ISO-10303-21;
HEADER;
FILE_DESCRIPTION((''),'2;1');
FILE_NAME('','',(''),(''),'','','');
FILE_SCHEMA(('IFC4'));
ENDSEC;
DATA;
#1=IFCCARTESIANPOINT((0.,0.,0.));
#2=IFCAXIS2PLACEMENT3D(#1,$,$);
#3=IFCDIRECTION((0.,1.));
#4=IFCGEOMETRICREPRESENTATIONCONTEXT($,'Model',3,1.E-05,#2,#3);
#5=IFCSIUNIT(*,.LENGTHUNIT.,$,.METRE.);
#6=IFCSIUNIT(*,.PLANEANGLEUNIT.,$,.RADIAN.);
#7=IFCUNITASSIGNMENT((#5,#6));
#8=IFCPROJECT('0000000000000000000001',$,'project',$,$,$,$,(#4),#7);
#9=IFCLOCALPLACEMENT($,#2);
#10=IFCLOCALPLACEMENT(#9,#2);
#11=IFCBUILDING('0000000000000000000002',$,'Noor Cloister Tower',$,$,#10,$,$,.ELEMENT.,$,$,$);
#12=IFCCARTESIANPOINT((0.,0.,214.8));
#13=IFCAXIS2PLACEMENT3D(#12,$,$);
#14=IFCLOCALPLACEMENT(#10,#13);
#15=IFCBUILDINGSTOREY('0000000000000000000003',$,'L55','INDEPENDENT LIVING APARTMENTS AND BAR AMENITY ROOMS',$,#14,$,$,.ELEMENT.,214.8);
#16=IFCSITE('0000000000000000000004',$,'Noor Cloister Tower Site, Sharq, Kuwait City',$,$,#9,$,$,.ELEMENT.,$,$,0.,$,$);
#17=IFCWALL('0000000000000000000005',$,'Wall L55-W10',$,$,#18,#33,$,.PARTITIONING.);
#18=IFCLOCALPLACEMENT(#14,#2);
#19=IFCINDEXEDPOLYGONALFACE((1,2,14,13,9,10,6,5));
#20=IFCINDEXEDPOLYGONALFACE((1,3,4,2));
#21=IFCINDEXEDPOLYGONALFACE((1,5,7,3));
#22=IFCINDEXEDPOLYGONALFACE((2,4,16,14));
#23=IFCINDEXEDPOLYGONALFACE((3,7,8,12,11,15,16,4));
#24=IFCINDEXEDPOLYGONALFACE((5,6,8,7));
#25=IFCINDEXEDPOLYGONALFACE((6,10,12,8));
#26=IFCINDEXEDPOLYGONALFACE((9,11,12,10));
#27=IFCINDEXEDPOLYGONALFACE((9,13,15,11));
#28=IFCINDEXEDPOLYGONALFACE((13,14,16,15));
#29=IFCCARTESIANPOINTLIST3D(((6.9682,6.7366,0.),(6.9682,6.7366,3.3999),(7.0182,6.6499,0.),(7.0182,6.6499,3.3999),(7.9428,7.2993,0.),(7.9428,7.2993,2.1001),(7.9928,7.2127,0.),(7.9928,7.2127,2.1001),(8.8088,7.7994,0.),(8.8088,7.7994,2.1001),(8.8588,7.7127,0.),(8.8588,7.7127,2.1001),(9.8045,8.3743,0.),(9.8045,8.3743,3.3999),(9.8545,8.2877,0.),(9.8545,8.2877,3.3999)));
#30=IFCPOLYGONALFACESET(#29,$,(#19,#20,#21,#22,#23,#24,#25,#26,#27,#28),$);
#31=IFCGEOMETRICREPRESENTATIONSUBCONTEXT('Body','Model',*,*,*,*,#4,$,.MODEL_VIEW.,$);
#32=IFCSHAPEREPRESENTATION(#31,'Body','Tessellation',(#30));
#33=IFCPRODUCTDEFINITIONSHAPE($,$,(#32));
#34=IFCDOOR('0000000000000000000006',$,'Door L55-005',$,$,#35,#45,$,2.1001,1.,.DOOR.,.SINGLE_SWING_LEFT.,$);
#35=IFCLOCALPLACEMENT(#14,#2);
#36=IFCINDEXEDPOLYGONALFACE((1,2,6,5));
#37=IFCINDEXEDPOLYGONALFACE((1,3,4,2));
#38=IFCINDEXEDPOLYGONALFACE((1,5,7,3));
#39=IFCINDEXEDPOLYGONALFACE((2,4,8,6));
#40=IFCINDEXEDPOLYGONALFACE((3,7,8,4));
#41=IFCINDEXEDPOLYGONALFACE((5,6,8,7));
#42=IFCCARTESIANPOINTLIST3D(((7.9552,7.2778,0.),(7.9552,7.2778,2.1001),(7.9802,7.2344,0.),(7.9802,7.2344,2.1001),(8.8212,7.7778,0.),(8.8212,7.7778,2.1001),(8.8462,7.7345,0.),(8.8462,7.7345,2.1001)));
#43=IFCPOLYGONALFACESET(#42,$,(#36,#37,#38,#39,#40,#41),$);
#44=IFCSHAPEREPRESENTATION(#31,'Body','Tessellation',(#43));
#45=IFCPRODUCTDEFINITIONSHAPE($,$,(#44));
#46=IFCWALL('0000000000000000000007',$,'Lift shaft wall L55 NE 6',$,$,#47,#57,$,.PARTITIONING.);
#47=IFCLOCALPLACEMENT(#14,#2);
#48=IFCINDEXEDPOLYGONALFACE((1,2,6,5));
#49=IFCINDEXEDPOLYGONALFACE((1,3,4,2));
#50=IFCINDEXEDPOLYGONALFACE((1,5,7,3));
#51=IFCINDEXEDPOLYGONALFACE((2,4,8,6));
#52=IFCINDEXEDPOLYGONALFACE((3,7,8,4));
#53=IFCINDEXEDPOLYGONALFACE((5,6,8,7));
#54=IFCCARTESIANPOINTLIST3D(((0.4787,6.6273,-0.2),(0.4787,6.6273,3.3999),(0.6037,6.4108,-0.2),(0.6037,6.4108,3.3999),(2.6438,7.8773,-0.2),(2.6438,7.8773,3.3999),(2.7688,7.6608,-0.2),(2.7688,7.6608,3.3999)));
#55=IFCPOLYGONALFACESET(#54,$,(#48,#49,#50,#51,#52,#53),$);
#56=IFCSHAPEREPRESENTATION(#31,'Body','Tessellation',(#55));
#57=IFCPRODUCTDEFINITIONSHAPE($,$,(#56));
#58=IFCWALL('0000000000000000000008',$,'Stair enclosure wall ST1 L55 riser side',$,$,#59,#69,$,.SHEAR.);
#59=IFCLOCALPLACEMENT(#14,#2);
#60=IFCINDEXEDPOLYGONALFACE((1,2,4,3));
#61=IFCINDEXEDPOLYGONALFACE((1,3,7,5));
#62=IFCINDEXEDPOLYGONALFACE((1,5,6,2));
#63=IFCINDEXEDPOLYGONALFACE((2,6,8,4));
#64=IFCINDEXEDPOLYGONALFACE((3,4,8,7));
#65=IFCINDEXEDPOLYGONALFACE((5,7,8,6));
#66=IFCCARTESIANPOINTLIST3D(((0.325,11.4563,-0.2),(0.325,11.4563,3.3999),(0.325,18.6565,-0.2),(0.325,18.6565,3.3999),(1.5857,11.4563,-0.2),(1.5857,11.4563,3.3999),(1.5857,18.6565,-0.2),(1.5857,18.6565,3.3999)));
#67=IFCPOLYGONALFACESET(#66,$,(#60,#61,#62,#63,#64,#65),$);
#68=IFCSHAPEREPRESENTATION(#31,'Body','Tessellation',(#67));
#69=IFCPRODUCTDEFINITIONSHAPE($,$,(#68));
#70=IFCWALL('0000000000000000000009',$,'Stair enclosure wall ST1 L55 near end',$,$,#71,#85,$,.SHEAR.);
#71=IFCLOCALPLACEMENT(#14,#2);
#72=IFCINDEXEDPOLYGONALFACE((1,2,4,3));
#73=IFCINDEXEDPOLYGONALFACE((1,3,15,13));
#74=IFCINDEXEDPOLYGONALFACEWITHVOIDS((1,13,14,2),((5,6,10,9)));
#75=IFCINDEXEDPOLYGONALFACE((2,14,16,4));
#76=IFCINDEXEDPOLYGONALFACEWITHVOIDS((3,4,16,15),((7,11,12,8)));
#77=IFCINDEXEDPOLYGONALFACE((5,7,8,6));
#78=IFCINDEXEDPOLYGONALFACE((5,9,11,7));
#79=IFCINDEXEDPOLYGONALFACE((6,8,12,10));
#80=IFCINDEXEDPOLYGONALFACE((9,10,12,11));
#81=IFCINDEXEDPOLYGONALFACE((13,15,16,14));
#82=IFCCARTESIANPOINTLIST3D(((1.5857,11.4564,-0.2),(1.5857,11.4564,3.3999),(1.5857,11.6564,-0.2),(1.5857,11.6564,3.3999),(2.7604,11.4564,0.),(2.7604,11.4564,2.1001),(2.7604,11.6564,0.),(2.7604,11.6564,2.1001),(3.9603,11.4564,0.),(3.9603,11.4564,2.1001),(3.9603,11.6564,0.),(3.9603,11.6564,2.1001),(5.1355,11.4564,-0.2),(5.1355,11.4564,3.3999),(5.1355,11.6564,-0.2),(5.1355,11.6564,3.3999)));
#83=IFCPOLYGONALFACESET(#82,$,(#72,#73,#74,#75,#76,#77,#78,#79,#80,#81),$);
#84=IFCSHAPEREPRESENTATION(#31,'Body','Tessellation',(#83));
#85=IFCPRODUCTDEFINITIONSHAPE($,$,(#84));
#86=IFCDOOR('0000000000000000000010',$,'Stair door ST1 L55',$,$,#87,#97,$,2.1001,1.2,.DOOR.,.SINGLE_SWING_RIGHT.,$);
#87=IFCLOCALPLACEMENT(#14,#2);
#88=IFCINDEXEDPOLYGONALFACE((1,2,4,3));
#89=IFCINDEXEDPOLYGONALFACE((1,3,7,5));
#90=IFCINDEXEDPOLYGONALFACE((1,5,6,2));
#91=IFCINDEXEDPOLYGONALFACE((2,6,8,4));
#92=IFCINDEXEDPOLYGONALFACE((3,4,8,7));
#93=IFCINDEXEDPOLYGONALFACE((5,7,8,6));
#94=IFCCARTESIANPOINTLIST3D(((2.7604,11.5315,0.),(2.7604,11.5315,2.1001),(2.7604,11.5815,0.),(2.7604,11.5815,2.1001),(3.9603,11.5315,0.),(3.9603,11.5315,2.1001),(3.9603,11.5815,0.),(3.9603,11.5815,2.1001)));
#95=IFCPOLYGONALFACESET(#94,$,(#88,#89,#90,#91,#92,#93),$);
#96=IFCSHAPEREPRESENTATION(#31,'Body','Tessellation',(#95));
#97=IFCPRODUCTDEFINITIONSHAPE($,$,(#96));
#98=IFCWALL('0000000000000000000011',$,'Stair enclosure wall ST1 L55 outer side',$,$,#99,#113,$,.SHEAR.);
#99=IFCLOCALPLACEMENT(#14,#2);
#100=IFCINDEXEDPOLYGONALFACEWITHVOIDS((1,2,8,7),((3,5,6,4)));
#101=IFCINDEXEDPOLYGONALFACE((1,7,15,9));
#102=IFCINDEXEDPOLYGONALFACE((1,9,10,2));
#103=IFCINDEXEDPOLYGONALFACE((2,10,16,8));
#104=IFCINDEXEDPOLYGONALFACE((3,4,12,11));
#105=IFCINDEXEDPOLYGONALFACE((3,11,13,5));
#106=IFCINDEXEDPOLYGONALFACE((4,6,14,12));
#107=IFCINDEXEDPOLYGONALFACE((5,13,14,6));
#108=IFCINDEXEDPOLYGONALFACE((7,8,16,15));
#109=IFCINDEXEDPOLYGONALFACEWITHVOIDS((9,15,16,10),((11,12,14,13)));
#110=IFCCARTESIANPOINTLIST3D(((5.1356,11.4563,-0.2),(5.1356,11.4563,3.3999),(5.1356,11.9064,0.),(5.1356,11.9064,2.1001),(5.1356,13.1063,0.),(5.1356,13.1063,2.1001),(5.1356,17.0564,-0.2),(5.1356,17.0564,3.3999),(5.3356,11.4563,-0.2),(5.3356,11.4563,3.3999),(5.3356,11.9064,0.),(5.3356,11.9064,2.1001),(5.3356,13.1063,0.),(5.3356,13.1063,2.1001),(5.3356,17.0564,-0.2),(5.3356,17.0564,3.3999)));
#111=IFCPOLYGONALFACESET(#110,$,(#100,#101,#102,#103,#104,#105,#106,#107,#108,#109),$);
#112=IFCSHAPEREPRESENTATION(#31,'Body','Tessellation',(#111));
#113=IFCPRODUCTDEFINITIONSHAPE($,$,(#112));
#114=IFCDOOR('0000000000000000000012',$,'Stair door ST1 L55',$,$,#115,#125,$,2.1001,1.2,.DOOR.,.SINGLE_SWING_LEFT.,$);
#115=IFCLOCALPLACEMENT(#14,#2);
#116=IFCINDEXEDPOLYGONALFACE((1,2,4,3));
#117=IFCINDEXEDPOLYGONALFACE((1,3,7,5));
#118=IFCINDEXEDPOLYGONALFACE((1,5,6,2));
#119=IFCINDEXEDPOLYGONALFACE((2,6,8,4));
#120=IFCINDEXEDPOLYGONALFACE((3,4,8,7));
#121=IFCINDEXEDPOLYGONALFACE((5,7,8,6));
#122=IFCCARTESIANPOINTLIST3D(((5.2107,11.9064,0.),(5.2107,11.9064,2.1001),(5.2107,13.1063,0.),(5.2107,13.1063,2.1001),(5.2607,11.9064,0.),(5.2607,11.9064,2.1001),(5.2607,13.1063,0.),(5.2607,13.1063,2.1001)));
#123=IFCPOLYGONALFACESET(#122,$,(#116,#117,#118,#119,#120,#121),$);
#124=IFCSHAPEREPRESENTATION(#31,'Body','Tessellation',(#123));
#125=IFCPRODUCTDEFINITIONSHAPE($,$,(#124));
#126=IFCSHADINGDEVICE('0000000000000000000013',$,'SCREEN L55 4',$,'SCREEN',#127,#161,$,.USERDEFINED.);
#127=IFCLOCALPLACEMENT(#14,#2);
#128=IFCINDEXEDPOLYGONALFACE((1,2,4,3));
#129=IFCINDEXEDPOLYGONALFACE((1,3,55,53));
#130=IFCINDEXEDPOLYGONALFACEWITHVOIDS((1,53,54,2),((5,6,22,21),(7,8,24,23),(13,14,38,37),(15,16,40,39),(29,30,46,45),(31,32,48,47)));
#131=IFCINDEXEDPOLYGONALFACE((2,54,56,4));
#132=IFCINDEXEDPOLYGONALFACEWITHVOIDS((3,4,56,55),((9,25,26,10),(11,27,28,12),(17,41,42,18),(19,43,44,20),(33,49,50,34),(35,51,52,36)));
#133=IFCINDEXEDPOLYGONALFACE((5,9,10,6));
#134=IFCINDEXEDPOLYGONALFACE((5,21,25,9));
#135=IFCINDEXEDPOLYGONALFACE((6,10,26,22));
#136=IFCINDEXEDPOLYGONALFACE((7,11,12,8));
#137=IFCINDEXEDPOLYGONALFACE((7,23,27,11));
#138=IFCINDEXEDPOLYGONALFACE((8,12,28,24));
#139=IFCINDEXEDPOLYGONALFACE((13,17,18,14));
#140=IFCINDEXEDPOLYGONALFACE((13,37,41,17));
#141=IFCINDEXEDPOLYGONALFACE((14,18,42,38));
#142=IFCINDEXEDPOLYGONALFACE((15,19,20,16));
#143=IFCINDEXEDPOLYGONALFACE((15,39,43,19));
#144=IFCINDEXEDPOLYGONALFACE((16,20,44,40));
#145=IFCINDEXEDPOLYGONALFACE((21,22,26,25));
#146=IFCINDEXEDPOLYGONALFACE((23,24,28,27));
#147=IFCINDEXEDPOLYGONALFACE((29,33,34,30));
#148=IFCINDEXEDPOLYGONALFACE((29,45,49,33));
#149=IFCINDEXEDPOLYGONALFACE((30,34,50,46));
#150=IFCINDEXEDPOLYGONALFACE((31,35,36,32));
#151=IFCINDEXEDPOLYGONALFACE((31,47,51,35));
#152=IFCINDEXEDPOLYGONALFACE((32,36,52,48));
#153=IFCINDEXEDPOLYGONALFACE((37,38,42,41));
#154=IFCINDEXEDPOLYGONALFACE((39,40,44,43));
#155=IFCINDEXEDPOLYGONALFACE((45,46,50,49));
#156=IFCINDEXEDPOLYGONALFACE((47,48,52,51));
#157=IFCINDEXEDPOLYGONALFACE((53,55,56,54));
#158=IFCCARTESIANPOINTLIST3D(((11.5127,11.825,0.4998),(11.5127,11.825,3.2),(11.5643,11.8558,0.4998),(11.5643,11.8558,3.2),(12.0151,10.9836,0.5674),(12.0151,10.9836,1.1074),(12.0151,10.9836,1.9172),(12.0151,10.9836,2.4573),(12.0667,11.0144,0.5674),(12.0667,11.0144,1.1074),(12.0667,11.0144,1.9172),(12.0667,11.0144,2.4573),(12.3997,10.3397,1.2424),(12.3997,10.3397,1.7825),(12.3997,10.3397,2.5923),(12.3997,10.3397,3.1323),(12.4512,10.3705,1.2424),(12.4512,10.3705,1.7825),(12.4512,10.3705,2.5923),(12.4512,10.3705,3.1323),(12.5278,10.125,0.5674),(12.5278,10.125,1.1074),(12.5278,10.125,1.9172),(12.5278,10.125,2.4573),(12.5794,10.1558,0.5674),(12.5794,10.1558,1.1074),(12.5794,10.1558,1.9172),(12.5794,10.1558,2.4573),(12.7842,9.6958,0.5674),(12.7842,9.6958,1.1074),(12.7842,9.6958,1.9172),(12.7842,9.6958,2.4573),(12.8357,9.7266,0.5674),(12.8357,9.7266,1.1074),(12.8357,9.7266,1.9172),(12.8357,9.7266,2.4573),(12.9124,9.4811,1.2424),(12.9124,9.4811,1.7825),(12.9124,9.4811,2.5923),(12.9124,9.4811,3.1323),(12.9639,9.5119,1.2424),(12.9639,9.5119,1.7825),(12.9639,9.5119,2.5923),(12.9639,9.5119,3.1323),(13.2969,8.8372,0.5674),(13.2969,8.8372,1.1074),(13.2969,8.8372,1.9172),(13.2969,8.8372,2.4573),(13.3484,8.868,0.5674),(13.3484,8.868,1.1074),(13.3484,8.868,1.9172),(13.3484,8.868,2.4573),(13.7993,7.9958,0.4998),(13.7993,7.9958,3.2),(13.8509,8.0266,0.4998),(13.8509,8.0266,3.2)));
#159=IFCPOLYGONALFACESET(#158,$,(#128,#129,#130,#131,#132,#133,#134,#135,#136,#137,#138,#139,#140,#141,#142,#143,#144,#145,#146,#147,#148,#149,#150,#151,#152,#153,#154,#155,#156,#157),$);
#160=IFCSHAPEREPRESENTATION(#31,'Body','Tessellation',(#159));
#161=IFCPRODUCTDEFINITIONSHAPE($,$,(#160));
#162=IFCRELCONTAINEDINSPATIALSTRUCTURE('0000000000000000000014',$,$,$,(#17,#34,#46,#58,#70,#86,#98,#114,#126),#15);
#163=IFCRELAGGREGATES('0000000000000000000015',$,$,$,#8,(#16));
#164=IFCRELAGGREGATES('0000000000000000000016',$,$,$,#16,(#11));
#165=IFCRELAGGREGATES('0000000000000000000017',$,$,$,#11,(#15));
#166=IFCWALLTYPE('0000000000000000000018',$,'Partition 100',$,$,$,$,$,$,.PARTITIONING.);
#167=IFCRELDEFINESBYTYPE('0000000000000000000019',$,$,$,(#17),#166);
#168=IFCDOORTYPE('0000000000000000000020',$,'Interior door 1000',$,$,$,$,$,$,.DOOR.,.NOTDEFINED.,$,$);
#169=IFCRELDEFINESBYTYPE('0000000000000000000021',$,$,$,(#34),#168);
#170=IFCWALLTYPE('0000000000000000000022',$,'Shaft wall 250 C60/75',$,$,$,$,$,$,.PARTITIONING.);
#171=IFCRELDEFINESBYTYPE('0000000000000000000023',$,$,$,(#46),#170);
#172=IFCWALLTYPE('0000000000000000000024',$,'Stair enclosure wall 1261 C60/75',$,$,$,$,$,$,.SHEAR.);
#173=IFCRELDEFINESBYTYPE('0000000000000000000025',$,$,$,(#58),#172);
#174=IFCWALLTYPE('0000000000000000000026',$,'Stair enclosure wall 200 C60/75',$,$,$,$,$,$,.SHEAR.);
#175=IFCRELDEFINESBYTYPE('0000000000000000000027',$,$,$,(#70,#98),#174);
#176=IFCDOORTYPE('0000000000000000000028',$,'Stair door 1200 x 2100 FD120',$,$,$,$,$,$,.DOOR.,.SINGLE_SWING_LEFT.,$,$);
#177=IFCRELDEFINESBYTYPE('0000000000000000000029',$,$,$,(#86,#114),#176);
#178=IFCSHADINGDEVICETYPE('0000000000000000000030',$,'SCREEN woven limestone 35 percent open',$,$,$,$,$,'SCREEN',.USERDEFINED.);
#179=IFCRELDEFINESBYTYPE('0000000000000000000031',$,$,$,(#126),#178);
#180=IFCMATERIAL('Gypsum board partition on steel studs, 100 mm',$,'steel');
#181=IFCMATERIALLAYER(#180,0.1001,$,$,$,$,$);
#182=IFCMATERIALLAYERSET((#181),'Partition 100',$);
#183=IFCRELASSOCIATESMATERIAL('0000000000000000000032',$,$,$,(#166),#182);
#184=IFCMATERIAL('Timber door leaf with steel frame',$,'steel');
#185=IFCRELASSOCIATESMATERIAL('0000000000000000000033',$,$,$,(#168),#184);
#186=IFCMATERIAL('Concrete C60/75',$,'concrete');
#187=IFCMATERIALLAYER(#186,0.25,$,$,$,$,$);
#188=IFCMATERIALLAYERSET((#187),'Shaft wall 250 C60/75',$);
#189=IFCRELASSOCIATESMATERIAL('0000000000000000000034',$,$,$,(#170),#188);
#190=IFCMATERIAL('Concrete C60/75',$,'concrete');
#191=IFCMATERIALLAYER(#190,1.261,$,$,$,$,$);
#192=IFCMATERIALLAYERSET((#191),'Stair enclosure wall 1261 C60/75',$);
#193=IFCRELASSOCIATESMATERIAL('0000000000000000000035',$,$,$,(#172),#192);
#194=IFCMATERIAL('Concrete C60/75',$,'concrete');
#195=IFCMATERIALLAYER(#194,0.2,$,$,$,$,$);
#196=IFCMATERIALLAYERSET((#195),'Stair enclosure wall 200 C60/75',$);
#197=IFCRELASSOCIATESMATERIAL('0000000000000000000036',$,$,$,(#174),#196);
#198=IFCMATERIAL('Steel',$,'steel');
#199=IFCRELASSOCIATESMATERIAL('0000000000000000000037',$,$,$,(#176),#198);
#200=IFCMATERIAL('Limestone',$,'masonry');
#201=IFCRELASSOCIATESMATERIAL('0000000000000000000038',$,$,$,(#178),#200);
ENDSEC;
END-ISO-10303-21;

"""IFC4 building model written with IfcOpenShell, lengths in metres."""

from ifc_helpers import new_model, si_unit, direction, frame, frame_2d, origin, place, context, subcontext, project, spatial, polyline, rectangle, outline, extrude, material, layer, layer_set, material_profile, profile_set, type_object, element, fill, save


model = new_model("IFC4")

# Units and contexts
model_context = context("Model", 3, precision=1e-05, world=origin(), true_north=direction((0.0, 1.0)))
body_context = subcontext(model_context, "Body", "Model", "MODEL_VIEW")
ifc_project = project(units=[si_unit("LENGTHUNIT", "METRE"), si_unit("PLANEANGLEUNIT", "RADIAN")], contexts=[model_context])

# Site, building, storey
site_placement = place(None, origin())
site = spatial("IfcSite", under=ifc_project, at=site_placement, Name="Noor Cloister Tower Site, Sharq, Kuwait City", CompositionType="ELEMENT", RefElevation=0.0)
building_placement = place(site_placement, origin())
building = spatial("IfcBuilding", under=site, at=building_placement, Name="Noor Cloister Tower", CompositionType="ELEMENT")
storey_placement = place(building_placement, frame((0.0, 0.0, 214.8)))
storey = spatial("IfcBuildingStorey", under=building, at=storey_placement, Name="L55", Description="INDEPENDENT LIVING APARTMENTS AND BAR AMENITY ROOMS", CompositionType="ELEMENT", Elevation=214.8)

# Wall, opening, door
ifc_material_1 = material(Name="Gypsum board partition on steel studs, 100 mm", Category="steel")
ifc_layer_1 = layer(ifc_material_1, 0.1001)
ifc_layer_set_1 = layer_set([ifc_layer_1], Name="Partition 100")
wall_type_1 = type_object("IfcWallType", Name="Partition 100", PredefinedType="PARTITIONING", material=ifc_layer_set_1)
wall_1_placement = place(storey_placement, frame((9.8296, 8.3311, 0.0), z_axis=(0.0, 0.0, 1.0), x_axis=(-0.865996, -0.500052, 0.0)))
wall_1 = element("IfcWall", 1, at=wall_1_placement, inside=storey, type_object=wall_type_1, Name="Wall L55-W10", PredefinedType="PARTITIONING", context=body_context, shape_type="SweptSolid", body=[
    extrude(rectangle(XDim=3.2751, YDim=0.1001, at=frame_2d((1.6377, 0.0))), origin(), (0.0, 0.0, 1.0), 3.3999),
])
opening_1_placement = place(wall_1_placement, frame((1.1499, 0.0, 0.0)))
opening_1 = element("IfcOpeningElement", 2, at=opening_1_placement, cuts=wall_1, PredefinedType="OPENING", context=body_context, shape_type="SweptSolid", body=[
    extrude(rectangle(XDim=1.0, YDim=2.1001, at=frame_2d((0.5, 1.05))), frame((0.0, 0.0601, 0.0), z_axis=(0.0, -1.0, 0.0), x_axis=(1.0, 0.0, 0.0)), (0.0, 0.0, 1.0), 0.1201),
])
ifc_material_2 = material(Name="Timber door leaf with steel frame", Category="steel")
door_type_1 = type_object("IfcDoorType", Name="Interior door 1000", OperationType="NOTDEFINED", PredefinedType="DOOR", material=ifc_material_2)
door_1_placement = place(opening_1_placement, origin())
door_1 = element("IfcDoor", 3, at=door_1_placement, inside=storey, type_object=door_type_1, Name="Door L55-005", OperationType="SINGLE_SWING_LEFT", OverallHeight=2.1001, OverallWidth=1.0, PredefinedType="DOOR", context=body_context, shape_type="SweptSolid", body=[
    extrude(rectangle(XDim=1.0, YDim=2.1001, at=frame_2d((0.5, 1.05))), frame((0.0, 0.0249, 0.0), z_axis=(0.0, -1.0, 0.0), x_axis=(1.0, 0.0, 0.0)), (0.0, 0.0, 1.0), 0.05),
])
fill(opening_1, door_1)

# Walls
ifc_material_3 = material(Name="Concrete C60/75", Category="concrete")
ifc_layer_2 = layer(ifc_material_3, 0.25)
ifc_layer_set_2 = layer_set([ifc_layer_2], Name="Shaft wall 250 C60/75")
wall_type_2 = type_object("IfcWallType", Name="Shaft wall 250 C60/75", PredefinedType="PARTITIONING", material=ifc_layer_set_2)
wall_2_placement = place(storey_placement, frame((2.7063, 7.769, -0.2), z_axis=(0.0, 0.0, 1.0), x_axis=(-0.866023, -0.500004, 0.0)))
element("IfcWall", 4, at=wall_2_placement, inside=storey, type_object=wall_type_2, Name="Lift shaft wall L55 NE 6", PredefinedType="PARTITIONING", context=body_context, shape_type="SweptSolid", body=[
    extrude(rectangle(XDim=2.5, YDim=0.25, at=frame_2d((1.25, 0.0))), origin(), (0.0, 0.0, 1.0), 3.5999),
])
ifc_material_4 = material(Name="Concrete C60/75", Category="concrete")
ifc_layer_3 = layer(ifc_material_4, 1.261)
ifc_layer_set_3 = layer_set([ifc_layer_3], Name="Stair enclosure wall 1261 C60/75")
wall_type_3 = type_object("IfcWallType", Name="Stair enclosure wall 1261 C60/75", PredefinedType="SHEAR", material=ifc_layer_set_3)
wall_3_placement = place(storey_placement, frame((0.9553, 11.4563, -0.2), z_axis=(0.0, 0.0, 1.0), x_axis=(0.0, 1.0, 0.0)))
element("IfcWall", 5, at=wall_3_placement, inside=storey, type_object=wall_type_3, Name="Stair enclosure wall ST1 L55 riser side", PredefinedType="SHEAR", context=body_context, shape_type="SweptSolid", body=[
    extrude(rectangle(XDim=7.2002, YDim=1.2607, at=frame_2d((3.6001, 0.0))), origin(), (0.0, 0.0, 1.0), 3.5999),
])

# Walls, openings, doors
ifc_material_5 = material(Name="Concrete C60/75", Category="concrete")
ifc_layer_4 = layer(ifc_material_5, 0.2)
ifc_layer_set_4 = layer_set([ifc_layer_4], Name="Stair enclosure wall 200 C60/75")
wall_type_4 = type_object("IfcWallType", Name="Stair enclosure wall 200 C60/75", PredefinedType="SHEAR", material=ifc_layer_set_4)
wall_4_placement = place(storey_placement, frame((5.1355, 11.5564, -0.2), z_axis=(0.0, 0.0, 1.0), x_axis=(-1.0, 0.0, 0.0)))
wall_4 = element("IfcWall", 6, at=wall_4_placement, inside=storey, type_object=wall_type_4, Name="Stair enclosure wall ST1 L55 near end", PredefinedType="SHEAR", context=body_context, shape_type="SweptSolid", body=[
    extrude(rectangle(XDim=3.5498, YDim=0.2, at=frame_2d((1.7749, 0.0))), origin(), (0.0, 0.0, 1.0), 3.5999),
])
opening_2_placement = place(wall_4_placement, frame((1.175, 0.0, 0.2)))
opening_2 = element("IfcOpeningElement", 7, at=opening_2_placement, cuts=wall_4, PredefinedType="OPENING", context=body_context, shape_type="SweptSolid", body=[
    extrude(rectangle(XDim=1.2, YDim=2.1001, at=frame_2d((0.6001, 1.05))), frame((0.0, 0.1099, 0.0), z_axis=(0.0, -1.0, 0.0), x_axis=(1.0, 0.0, 0.0)), (0.0, 0.0, 1.0), 0.22),
])
ifc_material_6 = material(Name="Steel", Category="steel")
door_type_2 = type_object("IfcDoorType", Name="Stair door 1200 x 2100 FD120", OperationType="SINGLE_SWING_LEFT", PredefinedType="DOOR", material=ifc_material_6)
door_2_placement = place(opening_2_placement, origin())
door_2 = element("IfcDoor", 8, at=door_2_placement, inside=storey, type_object=door_type_2, Name="Stair door ST1 L55", OperationType="SINGLE_SWING_RIGHT", OverallHeight=2.1001, OverallWidth=1.2, PredefinedType="DOOR", context=body_context, shape_type="SweptSolid", body=[
    extrude(rectangle(XDim=1.2, YDim=2.1001, at=frame_2d((0.6001, 1.05))), frame((0.0, 0.0249, 0.0), z_axis=(0.0, -1.0, 0.0), x_axis=(1.0, 0.0, 0.0)), (0.0, 0.0, 1.0), 0.05),
])
fill(opening_2, door_2)
wall_5_placement = place(storey_placement, frame((5.2356, 11.4563, -0.2), z_axis=(0.0, 0.0, 1.0), x_axis=(0.0, 1.0, 0.0)))
wall_5 = element("IfcWall", 9, at=wall_5_placement, inside=storey, type_object=wall_type_4, Name="Stair enclosure wall ST1 L55 outer side", PredefinedType="SHEAR", context=body_context, shape_type="SweptSolid", body=[
    extrude(rectangle(XDim=5.6001, YDim=0.2, at=frame_2d((2.8, 0.0))), origin(), (0.0, 0.0, 1.0), 3.5999),
])
opening_3_placement = place(wall_5_placement, frame((0.45, 0.0, 0.2)))
opening_3 = element("IfcOpeningElement", 10, at=opening_3_placement, cuts=wall_5, PredefinedType="OPENING", context=body_context, shape_type="SweptSolid", body=[
    extrude(rectangle(XDim=1.2, YDim=2.1001, at=frame_2d((0.6001, 1.05))), frame((0.0, 0.1099, 0.0), z_axis=(0.0, -1.0, 0.0), x_axis=(1.0, 0.0, 0.0)), (0.0, 0.0, 1.0), 0.22),
])
door_3_placement = place(opening_3_placement, origin())
door_3 = element("IfcDoor", 11, at=door_3_placement, inside=storey, type_object=door_type_2, Name="Stair door ST1 L55", OperationType="SINGLE_SWING_LEFT", OverallHeight=2.1001, OverallWidth=1.2, PredefinedType="DOOR", context=body_context, shape_type="SweptSolid", body=[
    extrude(rectangle(XDim=1.2, YDim=2.1001, at=frame_2d((0.6001, 1.05))), frame((0.0, 0.0249, 0.0), z_axis=(0.0, -1.0, 0.0), x_axis=(1.0, 0.0, 0.0)), (0.0, 0.0, 1.0), 0.05),
])
fill(opening_3, door_3)

# Shading device
ifc_material_7 = material(Name="Limestone", Category="masonry")
ifc_material_profile_1 = material_profile(ifc_material_7, outline(polyline([(-2.23, -1.3501), (2.23, -1.3501), (2.23, 1.3501), (-2.23, 1.3501), (-2.23, -1.3501)]), holes=[polyline([(-1.25, -1.2825), (-0.25, -1.2825), (-0.25, -0.7424), (-1.25, -0.7424), (-1.25, -1.2825)]), polyline([(0.25, -1.2825), (1.25, -1.2825), (1.25, -0.7424), (0.25, -0.7424), (0.25, -1.2825)]), polyline([(-0.5, -0.6074), (0.5, -0.6074), (0.5, -0.0674), (-0.5, -0.0674), (-0.5, -0.6074)]), polyline([(-1.25, 0.0674), (-0.25, 0.0674), (-0.25, 0.6074), (-1.25, 0.6074), (-1.25, 0.0674)]), polyline([(0.25, 0.0674), (1.25, 0.0674), (1.25, 0.6074), (0.25, 0.6074), (0.25, 0.0674)]), polyline([(-0.5, 0.7424), (0.5, 0.7424), (0.5, 1.2825), (-0.5, 1.2825), (-0.5, 0.7424)])]), Name="Woven screen 35 percent open")
ifc_profile_set_1 = profile_set([ifc_material_profile_1], Name="Limestone")
shading_device_type = type_object("IfcShadingDeviceType", Name="SCREEN woven limestone 35 percent open", ElementType="SCREEN", PredefinedType="USERDEFINED", material=ifc_profile_set_1)
shading_device_placement = place(storey_placement, frame((12.656, 9.9104, 1.8499), z_axis=(0.858568, 0.512699, 0.0), x_axis=(-0.512699, 0.858568, 0.0)))
element("IfcShadingDevice", 12, at=shading_device_placement, inside=storey, type_object=shading_device_type, Name="SCREEN L55 4", ObjectType="SCREEN", PredefinedType="USERDEFINED", context=body_context, shape_type="SweptSolid", body=[
    extrude(outline(polyline([(-2.23, -1.3501), (2.23, -1.3501), (2.23, 1.3501), (-2.23, 1.3501), (-2.23, -1.3501)]), holes=[polyline([(-1.25, -1.2825), (-0.25, -1.2825), (-0.25, -0.7424), (-1.25, -0.7424), (-1.25, -1.2825)]), polyline([(0.25, -1.2825), (1.25, -1.2825), (1.25, -0.7424), (0.25, -0.7424), (0.25, -1.2825)]), polyline([(-0.5, -0.6074), (0.5, -0.6074), (0.5, -0.0674), (-0.5, -0.0674), (-0.5, -0.6074)]), polyline([(-1.25, 0.0674), (-0.25, 0.0674), (-0.25, 0.6074), (-1.25, 0.6074), (-1.25, 0.0674)]), polyline([(0.25, 0.0674), (1.25, 0.0674), (1.25, 0.6074), (0.25, 0.6074), (0.25, 0.0674)]), polyline([(-0.5, 0.7424), (0.5, 0.7424), (0.5, 1.2825), (-0.5, 1.2825), (-0.5, 0.7424)])]), origin(), (0.0, 0.0, 1.0), 0.0601),
])

save(model, "model.ifc")
